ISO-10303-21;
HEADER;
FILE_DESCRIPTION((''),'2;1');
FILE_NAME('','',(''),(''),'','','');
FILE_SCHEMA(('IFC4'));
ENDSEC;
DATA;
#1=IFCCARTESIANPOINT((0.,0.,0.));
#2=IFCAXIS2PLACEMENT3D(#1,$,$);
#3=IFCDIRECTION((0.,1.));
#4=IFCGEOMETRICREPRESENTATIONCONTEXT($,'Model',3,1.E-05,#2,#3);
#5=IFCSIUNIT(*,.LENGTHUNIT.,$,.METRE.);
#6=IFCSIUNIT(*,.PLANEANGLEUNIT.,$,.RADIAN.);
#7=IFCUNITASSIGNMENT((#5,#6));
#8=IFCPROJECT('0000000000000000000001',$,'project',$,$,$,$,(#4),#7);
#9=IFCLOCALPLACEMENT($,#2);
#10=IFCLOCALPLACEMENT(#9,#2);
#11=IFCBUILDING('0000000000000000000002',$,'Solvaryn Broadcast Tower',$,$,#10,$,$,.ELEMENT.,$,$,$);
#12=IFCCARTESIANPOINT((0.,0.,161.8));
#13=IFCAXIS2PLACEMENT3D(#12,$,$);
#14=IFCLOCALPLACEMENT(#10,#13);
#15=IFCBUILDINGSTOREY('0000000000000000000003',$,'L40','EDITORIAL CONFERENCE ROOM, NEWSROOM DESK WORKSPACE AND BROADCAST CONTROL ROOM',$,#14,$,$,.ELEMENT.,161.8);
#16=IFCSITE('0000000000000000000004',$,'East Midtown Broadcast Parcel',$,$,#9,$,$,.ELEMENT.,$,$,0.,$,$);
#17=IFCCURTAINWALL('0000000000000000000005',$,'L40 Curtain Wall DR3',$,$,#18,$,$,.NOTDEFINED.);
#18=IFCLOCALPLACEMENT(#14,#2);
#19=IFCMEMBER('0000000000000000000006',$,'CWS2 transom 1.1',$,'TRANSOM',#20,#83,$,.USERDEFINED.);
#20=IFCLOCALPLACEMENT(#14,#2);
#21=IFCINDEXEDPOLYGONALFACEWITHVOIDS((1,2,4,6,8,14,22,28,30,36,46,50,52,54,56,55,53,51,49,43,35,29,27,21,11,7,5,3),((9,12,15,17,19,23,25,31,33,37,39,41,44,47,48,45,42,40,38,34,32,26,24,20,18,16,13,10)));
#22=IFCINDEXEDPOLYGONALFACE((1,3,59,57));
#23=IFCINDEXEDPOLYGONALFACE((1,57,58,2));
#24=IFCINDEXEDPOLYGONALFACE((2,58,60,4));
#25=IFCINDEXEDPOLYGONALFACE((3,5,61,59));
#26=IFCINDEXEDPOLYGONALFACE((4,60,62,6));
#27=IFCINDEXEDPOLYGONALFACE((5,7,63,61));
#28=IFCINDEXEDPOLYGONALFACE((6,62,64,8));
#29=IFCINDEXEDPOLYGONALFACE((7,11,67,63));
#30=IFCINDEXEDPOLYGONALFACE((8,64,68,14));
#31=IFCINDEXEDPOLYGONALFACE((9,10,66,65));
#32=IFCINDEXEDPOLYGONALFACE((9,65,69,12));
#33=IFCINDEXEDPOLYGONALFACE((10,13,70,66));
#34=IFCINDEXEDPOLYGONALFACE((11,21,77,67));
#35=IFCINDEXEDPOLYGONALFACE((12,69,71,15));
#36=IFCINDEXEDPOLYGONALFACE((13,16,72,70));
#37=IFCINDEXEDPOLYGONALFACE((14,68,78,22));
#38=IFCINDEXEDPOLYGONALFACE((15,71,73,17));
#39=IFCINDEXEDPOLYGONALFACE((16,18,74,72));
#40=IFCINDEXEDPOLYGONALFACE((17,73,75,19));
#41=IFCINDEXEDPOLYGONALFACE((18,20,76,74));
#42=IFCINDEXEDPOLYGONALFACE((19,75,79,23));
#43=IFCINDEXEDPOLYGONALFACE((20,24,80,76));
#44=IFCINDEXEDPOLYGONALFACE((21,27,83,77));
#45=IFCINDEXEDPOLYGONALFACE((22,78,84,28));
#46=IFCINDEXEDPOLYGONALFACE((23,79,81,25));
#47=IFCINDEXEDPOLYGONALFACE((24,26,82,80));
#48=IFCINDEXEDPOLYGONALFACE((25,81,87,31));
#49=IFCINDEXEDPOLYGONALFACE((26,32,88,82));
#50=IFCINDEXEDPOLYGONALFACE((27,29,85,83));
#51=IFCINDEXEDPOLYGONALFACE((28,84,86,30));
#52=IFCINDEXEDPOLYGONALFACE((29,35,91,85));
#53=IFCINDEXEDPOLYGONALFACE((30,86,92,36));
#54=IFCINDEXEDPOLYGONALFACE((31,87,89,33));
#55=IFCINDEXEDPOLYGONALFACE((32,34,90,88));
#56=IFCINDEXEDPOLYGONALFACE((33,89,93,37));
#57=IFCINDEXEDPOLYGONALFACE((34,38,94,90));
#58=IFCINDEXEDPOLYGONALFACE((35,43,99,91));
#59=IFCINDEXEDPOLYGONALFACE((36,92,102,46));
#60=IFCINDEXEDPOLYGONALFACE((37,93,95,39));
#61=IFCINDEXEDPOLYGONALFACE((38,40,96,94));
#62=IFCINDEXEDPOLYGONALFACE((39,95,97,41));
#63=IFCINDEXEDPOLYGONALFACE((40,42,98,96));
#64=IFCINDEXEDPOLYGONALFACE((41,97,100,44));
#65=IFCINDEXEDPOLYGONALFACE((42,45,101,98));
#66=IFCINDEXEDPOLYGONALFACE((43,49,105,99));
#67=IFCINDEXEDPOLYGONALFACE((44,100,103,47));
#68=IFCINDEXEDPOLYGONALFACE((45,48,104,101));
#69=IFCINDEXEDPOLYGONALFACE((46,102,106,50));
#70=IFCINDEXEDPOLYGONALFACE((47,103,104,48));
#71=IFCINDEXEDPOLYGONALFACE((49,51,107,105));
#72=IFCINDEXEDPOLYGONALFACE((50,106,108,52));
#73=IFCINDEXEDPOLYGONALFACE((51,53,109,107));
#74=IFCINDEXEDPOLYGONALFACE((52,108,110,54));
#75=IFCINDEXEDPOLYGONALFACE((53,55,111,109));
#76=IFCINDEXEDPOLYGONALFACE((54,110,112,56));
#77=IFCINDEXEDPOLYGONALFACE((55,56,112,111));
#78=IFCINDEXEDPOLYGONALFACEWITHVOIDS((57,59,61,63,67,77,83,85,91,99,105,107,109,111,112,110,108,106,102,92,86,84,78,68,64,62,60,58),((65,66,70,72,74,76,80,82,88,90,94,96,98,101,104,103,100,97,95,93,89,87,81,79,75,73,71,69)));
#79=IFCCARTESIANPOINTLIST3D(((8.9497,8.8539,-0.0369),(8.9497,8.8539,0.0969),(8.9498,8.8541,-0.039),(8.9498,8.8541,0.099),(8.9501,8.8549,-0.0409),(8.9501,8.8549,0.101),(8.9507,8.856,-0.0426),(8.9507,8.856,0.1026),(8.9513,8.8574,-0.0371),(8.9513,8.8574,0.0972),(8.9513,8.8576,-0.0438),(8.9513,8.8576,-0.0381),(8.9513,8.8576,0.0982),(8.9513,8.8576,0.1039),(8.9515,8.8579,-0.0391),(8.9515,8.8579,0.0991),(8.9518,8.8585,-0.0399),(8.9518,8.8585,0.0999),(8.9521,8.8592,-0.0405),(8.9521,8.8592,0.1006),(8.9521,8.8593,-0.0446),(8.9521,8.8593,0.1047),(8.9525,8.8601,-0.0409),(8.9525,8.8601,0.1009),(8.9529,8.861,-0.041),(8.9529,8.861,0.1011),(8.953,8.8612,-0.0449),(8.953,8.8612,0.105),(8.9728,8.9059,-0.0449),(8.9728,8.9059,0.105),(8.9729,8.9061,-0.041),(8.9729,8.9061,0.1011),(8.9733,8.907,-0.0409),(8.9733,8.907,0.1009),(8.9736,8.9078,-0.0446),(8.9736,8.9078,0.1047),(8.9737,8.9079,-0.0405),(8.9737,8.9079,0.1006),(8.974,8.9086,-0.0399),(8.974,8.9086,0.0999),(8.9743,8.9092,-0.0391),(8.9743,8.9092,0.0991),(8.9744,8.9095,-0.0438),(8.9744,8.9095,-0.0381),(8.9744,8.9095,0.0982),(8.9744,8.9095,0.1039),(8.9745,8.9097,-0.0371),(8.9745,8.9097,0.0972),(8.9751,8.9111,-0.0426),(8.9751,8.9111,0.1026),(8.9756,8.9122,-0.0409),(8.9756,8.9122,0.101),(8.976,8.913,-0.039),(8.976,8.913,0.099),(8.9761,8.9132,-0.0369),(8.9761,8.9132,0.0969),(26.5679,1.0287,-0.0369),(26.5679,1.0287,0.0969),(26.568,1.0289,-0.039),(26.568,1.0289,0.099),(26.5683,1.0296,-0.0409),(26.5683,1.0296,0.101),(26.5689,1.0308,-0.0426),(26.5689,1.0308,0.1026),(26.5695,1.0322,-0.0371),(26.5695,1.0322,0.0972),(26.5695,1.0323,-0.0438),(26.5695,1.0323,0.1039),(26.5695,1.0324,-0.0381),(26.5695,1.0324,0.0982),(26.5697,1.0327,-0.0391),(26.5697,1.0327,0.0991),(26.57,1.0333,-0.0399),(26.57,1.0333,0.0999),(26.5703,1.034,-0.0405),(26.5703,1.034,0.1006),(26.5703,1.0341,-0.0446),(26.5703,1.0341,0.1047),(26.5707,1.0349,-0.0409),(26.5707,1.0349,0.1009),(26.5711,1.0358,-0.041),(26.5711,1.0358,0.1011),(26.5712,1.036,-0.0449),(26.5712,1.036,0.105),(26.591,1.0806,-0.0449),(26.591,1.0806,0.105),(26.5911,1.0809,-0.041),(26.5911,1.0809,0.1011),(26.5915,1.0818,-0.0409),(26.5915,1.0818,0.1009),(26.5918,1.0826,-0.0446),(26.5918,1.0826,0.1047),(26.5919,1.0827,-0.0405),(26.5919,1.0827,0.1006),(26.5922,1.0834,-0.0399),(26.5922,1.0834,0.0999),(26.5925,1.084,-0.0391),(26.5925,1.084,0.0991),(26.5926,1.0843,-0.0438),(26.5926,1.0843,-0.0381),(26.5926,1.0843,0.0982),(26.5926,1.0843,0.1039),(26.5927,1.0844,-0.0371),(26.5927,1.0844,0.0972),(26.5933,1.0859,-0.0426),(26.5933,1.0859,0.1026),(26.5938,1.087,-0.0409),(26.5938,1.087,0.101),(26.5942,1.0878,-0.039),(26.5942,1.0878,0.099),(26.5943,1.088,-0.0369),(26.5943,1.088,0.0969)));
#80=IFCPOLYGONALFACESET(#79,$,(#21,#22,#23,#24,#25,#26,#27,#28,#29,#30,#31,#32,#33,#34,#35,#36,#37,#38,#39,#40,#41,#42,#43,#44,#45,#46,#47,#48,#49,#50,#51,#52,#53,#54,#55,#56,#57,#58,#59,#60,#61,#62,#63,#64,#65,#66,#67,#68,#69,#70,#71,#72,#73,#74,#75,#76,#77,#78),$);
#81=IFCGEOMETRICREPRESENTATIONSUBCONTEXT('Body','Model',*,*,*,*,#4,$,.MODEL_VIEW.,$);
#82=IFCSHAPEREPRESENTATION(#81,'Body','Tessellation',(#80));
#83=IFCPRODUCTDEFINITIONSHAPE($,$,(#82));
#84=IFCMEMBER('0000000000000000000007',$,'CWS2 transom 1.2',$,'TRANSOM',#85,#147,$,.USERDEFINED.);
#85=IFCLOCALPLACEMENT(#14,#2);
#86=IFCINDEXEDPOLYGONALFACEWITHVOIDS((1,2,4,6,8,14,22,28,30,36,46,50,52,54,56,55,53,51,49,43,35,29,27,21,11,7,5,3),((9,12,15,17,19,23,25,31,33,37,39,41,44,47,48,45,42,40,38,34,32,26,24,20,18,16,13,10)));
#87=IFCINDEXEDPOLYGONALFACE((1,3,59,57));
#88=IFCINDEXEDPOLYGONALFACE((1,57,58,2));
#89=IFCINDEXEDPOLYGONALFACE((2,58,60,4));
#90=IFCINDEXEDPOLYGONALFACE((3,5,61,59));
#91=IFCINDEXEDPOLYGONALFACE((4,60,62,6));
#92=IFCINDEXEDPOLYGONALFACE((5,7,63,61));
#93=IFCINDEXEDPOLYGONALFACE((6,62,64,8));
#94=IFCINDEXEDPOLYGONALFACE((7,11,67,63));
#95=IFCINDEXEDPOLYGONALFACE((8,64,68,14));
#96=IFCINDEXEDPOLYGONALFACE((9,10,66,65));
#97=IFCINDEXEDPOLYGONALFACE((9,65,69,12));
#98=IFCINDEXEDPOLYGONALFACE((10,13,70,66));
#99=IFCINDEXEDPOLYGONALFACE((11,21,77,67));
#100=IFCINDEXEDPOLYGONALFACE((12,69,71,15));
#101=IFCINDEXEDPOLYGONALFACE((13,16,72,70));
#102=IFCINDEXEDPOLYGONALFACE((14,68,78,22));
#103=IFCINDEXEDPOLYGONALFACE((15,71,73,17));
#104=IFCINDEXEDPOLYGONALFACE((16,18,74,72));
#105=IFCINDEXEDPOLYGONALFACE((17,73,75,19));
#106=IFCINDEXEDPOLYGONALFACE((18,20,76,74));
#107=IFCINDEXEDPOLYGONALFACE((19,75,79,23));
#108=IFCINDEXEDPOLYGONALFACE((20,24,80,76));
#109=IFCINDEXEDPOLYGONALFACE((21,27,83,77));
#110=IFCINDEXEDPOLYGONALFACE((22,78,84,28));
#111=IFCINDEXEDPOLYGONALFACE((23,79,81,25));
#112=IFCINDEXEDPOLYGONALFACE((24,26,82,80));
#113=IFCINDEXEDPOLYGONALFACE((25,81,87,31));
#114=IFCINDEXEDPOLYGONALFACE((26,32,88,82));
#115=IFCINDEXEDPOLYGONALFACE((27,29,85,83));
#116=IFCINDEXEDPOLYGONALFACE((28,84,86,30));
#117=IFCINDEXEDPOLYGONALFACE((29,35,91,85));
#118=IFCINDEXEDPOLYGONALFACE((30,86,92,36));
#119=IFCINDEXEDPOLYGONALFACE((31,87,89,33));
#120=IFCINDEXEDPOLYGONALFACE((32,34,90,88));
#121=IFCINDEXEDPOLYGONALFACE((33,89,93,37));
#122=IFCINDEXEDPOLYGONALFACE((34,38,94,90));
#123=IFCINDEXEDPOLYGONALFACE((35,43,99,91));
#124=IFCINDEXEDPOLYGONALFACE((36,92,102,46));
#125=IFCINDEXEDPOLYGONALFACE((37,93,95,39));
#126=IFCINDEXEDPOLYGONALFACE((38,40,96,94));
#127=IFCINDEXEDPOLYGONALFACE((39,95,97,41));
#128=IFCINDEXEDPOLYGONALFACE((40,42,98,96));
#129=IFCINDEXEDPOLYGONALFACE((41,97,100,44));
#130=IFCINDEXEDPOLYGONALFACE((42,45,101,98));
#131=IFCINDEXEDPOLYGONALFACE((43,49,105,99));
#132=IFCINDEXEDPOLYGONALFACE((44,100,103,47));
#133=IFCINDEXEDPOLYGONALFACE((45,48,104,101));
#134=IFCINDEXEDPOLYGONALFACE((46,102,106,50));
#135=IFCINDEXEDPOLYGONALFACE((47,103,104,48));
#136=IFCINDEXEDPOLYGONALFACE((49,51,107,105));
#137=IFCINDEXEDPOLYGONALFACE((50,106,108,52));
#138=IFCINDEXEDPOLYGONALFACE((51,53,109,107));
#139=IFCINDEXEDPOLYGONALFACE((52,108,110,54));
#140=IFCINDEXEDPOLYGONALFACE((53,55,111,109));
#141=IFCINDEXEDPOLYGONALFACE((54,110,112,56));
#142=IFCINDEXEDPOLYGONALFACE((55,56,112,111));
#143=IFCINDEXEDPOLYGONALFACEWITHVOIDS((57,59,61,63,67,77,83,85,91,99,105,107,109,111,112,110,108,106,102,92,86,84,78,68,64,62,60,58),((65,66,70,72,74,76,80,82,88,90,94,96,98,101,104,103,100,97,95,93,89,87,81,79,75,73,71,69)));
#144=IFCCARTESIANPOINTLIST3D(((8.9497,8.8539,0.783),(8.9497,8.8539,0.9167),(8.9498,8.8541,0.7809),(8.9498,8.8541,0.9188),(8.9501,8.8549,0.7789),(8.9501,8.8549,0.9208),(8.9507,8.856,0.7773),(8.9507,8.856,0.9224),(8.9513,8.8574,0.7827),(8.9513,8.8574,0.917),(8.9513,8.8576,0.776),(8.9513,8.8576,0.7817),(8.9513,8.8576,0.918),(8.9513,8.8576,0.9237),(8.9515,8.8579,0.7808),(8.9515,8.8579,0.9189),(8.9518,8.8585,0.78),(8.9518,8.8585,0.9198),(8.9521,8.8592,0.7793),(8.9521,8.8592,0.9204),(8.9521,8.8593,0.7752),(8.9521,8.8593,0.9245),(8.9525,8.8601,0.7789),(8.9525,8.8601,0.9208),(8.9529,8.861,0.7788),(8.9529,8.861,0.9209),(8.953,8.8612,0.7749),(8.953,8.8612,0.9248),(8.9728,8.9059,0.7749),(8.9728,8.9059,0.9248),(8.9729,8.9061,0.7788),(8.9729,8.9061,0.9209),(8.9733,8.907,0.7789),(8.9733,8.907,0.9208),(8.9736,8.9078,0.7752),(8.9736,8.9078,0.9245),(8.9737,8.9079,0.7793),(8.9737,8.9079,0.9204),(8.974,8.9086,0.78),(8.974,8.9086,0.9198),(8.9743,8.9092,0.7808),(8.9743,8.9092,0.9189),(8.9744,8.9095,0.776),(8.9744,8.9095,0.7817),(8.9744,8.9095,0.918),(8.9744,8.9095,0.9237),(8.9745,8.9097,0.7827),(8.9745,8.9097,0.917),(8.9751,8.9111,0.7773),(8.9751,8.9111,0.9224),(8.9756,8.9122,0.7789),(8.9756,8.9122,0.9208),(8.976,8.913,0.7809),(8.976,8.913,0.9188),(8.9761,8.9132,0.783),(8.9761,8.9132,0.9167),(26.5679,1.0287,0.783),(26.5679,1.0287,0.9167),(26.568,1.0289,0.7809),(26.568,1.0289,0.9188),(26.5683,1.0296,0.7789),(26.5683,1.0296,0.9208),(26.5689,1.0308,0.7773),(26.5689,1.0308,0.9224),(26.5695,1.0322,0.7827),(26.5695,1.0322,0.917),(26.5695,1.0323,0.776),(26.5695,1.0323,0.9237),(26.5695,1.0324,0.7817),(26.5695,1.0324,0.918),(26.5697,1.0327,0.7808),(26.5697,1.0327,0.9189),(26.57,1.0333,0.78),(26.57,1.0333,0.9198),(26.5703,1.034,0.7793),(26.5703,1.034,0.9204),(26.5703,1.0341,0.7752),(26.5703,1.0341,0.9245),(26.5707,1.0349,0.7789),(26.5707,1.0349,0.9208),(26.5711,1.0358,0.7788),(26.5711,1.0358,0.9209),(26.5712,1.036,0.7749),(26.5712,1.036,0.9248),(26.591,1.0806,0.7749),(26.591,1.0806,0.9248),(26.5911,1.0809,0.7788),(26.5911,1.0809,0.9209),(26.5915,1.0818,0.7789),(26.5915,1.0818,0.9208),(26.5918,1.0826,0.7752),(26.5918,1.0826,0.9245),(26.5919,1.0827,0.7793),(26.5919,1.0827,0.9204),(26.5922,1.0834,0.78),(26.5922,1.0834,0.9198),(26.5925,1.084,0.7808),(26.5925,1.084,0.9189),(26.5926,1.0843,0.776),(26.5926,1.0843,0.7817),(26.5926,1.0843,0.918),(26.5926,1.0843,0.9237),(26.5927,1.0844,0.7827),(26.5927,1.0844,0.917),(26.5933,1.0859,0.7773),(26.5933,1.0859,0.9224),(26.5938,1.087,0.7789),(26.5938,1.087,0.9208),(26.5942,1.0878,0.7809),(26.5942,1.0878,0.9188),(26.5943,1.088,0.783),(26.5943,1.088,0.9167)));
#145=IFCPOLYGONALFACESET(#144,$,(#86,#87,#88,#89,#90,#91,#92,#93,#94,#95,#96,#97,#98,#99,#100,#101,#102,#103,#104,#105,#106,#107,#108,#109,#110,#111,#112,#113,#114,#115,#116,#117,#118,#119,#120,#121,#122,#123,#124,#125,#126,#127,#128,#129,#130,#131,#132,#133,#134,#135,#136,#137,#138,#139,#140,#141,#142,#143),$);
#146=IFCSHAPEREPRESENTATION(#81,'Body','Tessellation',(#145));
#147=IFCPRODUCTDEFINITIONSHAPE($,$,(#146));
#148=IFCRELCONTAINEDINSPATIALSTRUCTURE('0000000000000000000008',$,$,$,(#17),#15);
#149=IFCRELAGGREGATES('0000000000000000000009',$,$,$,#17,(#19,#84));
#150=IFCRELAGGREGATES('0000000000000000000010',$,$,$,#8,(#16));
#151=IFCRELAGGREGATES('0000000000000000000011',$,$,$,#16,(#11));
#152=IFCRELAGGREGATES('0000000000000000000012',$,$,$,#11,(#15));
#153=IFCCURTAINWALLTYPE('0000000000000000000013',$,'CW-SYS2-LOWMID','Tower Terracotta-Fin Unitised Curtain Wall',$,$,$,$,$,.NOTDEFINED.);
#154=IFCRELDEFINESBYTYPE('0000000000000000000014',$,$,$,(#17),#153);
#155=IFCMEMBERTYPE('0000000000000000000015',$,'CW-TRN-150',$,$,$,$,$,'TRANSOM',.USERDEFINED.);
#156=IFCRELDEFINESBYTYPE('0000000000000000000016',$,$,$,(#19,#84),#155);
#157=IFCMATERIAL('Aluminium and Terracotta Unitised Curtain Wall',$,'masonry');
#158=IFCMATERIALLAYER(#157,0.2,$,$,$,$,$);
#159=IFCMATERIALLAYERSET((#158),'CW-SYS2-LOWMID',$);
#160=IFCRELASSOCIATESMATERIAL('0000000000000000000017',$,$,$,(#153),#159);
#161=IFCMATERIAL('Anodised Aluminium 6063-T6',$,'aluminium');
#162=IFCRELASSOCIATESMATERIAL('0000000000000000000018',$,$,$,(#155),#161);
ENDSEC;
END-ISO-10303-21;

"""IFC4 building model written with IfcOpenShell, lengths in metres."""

from ifc_helpers import new_model, si_unit, direction, frame, origin, origin_2d, place, context, subcontext, project, spatial, hollow_rectangle, extrude, material, layer, layer_set, material_profile, profile_set, type_object, element, aggregate, save


model = new_model("IFC4")

# Units and contexts
model_context = context("Model", 3, precision=1e-05, world=origin(), true_north=direction((0.0, 1.0)))
body_context = subcontext(model_context, "Body", "Model", "MODEL_VIEW")
ifc_project = project(units=[si_unit("LENGTHUNIT", "METRE"), si_unit("PLANEANGLEUNIT", "RADIAN")], contexts=[model_context])

# Site, building, storey
site_placement = place(None, origin())
site = spatial("IfcSite", under=ifc_project, at=site_placement, Name="East Midtown Broadcast Parcel", CompositionType="ELEMENT", RefElevation=0.0)
building_placement = place(site_placement, origin())
building = spatial("IfcBuilding", under=site, at=building_placement, Name="Solvaryn Broadcast Tower", CompositionType="ELEMENT")
storey_placement = place(building_placement, frame((0.0, 0.0, 161.8)))
storey = spatial("IfcBuildingStorey", under=building, at=storey_placement, Name="L40", Description="EDITORIAL CONFERENCE ROOM, NEWSROOM DESK WORKSPACE AND BROADCAST CONTROL ROOM", CompositionType="ELEMENT", Elevation=161.8)

# Curtain wall, members
ifc_material_1 = material(Name="Aluminium and Terracotta Unitised Curtain Wall", Category="masonry")
ifc_layer_1 = layer(ifc_material_1, 0.2)
ifc_layer_set_1 = layer_set([ifc_layer_1], Name="CW-SYS2-LOWMID")
curtain_wall_type_1 = type_object("IfcCurtainWallType", Name="CW-SYS2-LOWMID", Description="Tower Terracotta-Fin Unitised Curtain Wall", PredefinedType="NOTDEFINED", material=ifc_layer_set_1)
curtain_wall_1_placement = place(storey_placement, origin())
curtain_wall_1 = element("IfcCurtainWall", 1, at=curtain_wall_1_placement, inside=storey, type_object=curtain_wall_type_1, Name="L40 Curtain Wall DR3", PredefinedType="NOTDEFINED")
ifc_material_2 = material(Name="Anodised Aluminium 6063-T6", Category="aluminium")
ifc_material_profile_1 = material_profile(ifc_material_2, hollow_rectangle(XDim=0.0649, YDim=0.1499, WallThickness=0.0039, InnerFilletRadius=0.0039, OuterFilletRadius=0.0081, at=origin_2d()))
ifc_profile_set_1 = profile_set([ifc_material_profile_1], Name="Anodised Aluminium 6063-T6")
member_type_1 = type_object("IfcMemberType", Name="CW-TRN-150", ElementType="TRANSOM", PredefinedType="USERDEFINED", material=ifc_profile_set_1)
member_1_placement = place(storey_placement, frame((8.9629, 8.8835, 0.03), z_axis=(0.91391, -0.405918, 0.0), x_axis=(0.405918, 0.91391, 0.0)))
member_1 = element("IfcMember", 2, at=member_1_placement, type_object=member_type_1, Name="CWS2 transom 1.1", ObjectType="TRANSOM", PredefinedType="USERDEFINED", context=body_context, shape_type="SweptSolid", body=[
    extrude(hollow_rectangle(XDim=0.0649, YDim=0.1499, WallThickness=0.0039, InnerFilletRadius=0.0039, OuterFilletRadius=0.0081, at=origin_2d()), origin(), (0.0, 0.0, 1.0), 19.2778),
])
member_2_placement = place(storey_placement, frame((8.9629, 8.8835, 0.8499), z_axis=(0.91391, -0.405918, 0.0), x_axis=(0.405918, 0.91391, 0.0)))
member_2 = element("IfcMember", 3, at=member_2_placement, type_object=member_type_1, Name="CWS2 transom 1.2", ObjectType="TRANSOM", PredefinedType="USERDEFINED", context=body_context, shape_type="SweptSolid", body=[
    extrude(hollow_rectangle(XDim=0.0649, YDim=0.1499, WallThickness=0.0039, InnerFilletRadius=0.0039, OuterFilletRadius=0.0081, at=origin_2d()), origin(), (0.0, 0.0, 1.0), 19.2778),
])
aggregate(curtain_wall_1, [member_1, member_2])

save(model, "model.ifc")
